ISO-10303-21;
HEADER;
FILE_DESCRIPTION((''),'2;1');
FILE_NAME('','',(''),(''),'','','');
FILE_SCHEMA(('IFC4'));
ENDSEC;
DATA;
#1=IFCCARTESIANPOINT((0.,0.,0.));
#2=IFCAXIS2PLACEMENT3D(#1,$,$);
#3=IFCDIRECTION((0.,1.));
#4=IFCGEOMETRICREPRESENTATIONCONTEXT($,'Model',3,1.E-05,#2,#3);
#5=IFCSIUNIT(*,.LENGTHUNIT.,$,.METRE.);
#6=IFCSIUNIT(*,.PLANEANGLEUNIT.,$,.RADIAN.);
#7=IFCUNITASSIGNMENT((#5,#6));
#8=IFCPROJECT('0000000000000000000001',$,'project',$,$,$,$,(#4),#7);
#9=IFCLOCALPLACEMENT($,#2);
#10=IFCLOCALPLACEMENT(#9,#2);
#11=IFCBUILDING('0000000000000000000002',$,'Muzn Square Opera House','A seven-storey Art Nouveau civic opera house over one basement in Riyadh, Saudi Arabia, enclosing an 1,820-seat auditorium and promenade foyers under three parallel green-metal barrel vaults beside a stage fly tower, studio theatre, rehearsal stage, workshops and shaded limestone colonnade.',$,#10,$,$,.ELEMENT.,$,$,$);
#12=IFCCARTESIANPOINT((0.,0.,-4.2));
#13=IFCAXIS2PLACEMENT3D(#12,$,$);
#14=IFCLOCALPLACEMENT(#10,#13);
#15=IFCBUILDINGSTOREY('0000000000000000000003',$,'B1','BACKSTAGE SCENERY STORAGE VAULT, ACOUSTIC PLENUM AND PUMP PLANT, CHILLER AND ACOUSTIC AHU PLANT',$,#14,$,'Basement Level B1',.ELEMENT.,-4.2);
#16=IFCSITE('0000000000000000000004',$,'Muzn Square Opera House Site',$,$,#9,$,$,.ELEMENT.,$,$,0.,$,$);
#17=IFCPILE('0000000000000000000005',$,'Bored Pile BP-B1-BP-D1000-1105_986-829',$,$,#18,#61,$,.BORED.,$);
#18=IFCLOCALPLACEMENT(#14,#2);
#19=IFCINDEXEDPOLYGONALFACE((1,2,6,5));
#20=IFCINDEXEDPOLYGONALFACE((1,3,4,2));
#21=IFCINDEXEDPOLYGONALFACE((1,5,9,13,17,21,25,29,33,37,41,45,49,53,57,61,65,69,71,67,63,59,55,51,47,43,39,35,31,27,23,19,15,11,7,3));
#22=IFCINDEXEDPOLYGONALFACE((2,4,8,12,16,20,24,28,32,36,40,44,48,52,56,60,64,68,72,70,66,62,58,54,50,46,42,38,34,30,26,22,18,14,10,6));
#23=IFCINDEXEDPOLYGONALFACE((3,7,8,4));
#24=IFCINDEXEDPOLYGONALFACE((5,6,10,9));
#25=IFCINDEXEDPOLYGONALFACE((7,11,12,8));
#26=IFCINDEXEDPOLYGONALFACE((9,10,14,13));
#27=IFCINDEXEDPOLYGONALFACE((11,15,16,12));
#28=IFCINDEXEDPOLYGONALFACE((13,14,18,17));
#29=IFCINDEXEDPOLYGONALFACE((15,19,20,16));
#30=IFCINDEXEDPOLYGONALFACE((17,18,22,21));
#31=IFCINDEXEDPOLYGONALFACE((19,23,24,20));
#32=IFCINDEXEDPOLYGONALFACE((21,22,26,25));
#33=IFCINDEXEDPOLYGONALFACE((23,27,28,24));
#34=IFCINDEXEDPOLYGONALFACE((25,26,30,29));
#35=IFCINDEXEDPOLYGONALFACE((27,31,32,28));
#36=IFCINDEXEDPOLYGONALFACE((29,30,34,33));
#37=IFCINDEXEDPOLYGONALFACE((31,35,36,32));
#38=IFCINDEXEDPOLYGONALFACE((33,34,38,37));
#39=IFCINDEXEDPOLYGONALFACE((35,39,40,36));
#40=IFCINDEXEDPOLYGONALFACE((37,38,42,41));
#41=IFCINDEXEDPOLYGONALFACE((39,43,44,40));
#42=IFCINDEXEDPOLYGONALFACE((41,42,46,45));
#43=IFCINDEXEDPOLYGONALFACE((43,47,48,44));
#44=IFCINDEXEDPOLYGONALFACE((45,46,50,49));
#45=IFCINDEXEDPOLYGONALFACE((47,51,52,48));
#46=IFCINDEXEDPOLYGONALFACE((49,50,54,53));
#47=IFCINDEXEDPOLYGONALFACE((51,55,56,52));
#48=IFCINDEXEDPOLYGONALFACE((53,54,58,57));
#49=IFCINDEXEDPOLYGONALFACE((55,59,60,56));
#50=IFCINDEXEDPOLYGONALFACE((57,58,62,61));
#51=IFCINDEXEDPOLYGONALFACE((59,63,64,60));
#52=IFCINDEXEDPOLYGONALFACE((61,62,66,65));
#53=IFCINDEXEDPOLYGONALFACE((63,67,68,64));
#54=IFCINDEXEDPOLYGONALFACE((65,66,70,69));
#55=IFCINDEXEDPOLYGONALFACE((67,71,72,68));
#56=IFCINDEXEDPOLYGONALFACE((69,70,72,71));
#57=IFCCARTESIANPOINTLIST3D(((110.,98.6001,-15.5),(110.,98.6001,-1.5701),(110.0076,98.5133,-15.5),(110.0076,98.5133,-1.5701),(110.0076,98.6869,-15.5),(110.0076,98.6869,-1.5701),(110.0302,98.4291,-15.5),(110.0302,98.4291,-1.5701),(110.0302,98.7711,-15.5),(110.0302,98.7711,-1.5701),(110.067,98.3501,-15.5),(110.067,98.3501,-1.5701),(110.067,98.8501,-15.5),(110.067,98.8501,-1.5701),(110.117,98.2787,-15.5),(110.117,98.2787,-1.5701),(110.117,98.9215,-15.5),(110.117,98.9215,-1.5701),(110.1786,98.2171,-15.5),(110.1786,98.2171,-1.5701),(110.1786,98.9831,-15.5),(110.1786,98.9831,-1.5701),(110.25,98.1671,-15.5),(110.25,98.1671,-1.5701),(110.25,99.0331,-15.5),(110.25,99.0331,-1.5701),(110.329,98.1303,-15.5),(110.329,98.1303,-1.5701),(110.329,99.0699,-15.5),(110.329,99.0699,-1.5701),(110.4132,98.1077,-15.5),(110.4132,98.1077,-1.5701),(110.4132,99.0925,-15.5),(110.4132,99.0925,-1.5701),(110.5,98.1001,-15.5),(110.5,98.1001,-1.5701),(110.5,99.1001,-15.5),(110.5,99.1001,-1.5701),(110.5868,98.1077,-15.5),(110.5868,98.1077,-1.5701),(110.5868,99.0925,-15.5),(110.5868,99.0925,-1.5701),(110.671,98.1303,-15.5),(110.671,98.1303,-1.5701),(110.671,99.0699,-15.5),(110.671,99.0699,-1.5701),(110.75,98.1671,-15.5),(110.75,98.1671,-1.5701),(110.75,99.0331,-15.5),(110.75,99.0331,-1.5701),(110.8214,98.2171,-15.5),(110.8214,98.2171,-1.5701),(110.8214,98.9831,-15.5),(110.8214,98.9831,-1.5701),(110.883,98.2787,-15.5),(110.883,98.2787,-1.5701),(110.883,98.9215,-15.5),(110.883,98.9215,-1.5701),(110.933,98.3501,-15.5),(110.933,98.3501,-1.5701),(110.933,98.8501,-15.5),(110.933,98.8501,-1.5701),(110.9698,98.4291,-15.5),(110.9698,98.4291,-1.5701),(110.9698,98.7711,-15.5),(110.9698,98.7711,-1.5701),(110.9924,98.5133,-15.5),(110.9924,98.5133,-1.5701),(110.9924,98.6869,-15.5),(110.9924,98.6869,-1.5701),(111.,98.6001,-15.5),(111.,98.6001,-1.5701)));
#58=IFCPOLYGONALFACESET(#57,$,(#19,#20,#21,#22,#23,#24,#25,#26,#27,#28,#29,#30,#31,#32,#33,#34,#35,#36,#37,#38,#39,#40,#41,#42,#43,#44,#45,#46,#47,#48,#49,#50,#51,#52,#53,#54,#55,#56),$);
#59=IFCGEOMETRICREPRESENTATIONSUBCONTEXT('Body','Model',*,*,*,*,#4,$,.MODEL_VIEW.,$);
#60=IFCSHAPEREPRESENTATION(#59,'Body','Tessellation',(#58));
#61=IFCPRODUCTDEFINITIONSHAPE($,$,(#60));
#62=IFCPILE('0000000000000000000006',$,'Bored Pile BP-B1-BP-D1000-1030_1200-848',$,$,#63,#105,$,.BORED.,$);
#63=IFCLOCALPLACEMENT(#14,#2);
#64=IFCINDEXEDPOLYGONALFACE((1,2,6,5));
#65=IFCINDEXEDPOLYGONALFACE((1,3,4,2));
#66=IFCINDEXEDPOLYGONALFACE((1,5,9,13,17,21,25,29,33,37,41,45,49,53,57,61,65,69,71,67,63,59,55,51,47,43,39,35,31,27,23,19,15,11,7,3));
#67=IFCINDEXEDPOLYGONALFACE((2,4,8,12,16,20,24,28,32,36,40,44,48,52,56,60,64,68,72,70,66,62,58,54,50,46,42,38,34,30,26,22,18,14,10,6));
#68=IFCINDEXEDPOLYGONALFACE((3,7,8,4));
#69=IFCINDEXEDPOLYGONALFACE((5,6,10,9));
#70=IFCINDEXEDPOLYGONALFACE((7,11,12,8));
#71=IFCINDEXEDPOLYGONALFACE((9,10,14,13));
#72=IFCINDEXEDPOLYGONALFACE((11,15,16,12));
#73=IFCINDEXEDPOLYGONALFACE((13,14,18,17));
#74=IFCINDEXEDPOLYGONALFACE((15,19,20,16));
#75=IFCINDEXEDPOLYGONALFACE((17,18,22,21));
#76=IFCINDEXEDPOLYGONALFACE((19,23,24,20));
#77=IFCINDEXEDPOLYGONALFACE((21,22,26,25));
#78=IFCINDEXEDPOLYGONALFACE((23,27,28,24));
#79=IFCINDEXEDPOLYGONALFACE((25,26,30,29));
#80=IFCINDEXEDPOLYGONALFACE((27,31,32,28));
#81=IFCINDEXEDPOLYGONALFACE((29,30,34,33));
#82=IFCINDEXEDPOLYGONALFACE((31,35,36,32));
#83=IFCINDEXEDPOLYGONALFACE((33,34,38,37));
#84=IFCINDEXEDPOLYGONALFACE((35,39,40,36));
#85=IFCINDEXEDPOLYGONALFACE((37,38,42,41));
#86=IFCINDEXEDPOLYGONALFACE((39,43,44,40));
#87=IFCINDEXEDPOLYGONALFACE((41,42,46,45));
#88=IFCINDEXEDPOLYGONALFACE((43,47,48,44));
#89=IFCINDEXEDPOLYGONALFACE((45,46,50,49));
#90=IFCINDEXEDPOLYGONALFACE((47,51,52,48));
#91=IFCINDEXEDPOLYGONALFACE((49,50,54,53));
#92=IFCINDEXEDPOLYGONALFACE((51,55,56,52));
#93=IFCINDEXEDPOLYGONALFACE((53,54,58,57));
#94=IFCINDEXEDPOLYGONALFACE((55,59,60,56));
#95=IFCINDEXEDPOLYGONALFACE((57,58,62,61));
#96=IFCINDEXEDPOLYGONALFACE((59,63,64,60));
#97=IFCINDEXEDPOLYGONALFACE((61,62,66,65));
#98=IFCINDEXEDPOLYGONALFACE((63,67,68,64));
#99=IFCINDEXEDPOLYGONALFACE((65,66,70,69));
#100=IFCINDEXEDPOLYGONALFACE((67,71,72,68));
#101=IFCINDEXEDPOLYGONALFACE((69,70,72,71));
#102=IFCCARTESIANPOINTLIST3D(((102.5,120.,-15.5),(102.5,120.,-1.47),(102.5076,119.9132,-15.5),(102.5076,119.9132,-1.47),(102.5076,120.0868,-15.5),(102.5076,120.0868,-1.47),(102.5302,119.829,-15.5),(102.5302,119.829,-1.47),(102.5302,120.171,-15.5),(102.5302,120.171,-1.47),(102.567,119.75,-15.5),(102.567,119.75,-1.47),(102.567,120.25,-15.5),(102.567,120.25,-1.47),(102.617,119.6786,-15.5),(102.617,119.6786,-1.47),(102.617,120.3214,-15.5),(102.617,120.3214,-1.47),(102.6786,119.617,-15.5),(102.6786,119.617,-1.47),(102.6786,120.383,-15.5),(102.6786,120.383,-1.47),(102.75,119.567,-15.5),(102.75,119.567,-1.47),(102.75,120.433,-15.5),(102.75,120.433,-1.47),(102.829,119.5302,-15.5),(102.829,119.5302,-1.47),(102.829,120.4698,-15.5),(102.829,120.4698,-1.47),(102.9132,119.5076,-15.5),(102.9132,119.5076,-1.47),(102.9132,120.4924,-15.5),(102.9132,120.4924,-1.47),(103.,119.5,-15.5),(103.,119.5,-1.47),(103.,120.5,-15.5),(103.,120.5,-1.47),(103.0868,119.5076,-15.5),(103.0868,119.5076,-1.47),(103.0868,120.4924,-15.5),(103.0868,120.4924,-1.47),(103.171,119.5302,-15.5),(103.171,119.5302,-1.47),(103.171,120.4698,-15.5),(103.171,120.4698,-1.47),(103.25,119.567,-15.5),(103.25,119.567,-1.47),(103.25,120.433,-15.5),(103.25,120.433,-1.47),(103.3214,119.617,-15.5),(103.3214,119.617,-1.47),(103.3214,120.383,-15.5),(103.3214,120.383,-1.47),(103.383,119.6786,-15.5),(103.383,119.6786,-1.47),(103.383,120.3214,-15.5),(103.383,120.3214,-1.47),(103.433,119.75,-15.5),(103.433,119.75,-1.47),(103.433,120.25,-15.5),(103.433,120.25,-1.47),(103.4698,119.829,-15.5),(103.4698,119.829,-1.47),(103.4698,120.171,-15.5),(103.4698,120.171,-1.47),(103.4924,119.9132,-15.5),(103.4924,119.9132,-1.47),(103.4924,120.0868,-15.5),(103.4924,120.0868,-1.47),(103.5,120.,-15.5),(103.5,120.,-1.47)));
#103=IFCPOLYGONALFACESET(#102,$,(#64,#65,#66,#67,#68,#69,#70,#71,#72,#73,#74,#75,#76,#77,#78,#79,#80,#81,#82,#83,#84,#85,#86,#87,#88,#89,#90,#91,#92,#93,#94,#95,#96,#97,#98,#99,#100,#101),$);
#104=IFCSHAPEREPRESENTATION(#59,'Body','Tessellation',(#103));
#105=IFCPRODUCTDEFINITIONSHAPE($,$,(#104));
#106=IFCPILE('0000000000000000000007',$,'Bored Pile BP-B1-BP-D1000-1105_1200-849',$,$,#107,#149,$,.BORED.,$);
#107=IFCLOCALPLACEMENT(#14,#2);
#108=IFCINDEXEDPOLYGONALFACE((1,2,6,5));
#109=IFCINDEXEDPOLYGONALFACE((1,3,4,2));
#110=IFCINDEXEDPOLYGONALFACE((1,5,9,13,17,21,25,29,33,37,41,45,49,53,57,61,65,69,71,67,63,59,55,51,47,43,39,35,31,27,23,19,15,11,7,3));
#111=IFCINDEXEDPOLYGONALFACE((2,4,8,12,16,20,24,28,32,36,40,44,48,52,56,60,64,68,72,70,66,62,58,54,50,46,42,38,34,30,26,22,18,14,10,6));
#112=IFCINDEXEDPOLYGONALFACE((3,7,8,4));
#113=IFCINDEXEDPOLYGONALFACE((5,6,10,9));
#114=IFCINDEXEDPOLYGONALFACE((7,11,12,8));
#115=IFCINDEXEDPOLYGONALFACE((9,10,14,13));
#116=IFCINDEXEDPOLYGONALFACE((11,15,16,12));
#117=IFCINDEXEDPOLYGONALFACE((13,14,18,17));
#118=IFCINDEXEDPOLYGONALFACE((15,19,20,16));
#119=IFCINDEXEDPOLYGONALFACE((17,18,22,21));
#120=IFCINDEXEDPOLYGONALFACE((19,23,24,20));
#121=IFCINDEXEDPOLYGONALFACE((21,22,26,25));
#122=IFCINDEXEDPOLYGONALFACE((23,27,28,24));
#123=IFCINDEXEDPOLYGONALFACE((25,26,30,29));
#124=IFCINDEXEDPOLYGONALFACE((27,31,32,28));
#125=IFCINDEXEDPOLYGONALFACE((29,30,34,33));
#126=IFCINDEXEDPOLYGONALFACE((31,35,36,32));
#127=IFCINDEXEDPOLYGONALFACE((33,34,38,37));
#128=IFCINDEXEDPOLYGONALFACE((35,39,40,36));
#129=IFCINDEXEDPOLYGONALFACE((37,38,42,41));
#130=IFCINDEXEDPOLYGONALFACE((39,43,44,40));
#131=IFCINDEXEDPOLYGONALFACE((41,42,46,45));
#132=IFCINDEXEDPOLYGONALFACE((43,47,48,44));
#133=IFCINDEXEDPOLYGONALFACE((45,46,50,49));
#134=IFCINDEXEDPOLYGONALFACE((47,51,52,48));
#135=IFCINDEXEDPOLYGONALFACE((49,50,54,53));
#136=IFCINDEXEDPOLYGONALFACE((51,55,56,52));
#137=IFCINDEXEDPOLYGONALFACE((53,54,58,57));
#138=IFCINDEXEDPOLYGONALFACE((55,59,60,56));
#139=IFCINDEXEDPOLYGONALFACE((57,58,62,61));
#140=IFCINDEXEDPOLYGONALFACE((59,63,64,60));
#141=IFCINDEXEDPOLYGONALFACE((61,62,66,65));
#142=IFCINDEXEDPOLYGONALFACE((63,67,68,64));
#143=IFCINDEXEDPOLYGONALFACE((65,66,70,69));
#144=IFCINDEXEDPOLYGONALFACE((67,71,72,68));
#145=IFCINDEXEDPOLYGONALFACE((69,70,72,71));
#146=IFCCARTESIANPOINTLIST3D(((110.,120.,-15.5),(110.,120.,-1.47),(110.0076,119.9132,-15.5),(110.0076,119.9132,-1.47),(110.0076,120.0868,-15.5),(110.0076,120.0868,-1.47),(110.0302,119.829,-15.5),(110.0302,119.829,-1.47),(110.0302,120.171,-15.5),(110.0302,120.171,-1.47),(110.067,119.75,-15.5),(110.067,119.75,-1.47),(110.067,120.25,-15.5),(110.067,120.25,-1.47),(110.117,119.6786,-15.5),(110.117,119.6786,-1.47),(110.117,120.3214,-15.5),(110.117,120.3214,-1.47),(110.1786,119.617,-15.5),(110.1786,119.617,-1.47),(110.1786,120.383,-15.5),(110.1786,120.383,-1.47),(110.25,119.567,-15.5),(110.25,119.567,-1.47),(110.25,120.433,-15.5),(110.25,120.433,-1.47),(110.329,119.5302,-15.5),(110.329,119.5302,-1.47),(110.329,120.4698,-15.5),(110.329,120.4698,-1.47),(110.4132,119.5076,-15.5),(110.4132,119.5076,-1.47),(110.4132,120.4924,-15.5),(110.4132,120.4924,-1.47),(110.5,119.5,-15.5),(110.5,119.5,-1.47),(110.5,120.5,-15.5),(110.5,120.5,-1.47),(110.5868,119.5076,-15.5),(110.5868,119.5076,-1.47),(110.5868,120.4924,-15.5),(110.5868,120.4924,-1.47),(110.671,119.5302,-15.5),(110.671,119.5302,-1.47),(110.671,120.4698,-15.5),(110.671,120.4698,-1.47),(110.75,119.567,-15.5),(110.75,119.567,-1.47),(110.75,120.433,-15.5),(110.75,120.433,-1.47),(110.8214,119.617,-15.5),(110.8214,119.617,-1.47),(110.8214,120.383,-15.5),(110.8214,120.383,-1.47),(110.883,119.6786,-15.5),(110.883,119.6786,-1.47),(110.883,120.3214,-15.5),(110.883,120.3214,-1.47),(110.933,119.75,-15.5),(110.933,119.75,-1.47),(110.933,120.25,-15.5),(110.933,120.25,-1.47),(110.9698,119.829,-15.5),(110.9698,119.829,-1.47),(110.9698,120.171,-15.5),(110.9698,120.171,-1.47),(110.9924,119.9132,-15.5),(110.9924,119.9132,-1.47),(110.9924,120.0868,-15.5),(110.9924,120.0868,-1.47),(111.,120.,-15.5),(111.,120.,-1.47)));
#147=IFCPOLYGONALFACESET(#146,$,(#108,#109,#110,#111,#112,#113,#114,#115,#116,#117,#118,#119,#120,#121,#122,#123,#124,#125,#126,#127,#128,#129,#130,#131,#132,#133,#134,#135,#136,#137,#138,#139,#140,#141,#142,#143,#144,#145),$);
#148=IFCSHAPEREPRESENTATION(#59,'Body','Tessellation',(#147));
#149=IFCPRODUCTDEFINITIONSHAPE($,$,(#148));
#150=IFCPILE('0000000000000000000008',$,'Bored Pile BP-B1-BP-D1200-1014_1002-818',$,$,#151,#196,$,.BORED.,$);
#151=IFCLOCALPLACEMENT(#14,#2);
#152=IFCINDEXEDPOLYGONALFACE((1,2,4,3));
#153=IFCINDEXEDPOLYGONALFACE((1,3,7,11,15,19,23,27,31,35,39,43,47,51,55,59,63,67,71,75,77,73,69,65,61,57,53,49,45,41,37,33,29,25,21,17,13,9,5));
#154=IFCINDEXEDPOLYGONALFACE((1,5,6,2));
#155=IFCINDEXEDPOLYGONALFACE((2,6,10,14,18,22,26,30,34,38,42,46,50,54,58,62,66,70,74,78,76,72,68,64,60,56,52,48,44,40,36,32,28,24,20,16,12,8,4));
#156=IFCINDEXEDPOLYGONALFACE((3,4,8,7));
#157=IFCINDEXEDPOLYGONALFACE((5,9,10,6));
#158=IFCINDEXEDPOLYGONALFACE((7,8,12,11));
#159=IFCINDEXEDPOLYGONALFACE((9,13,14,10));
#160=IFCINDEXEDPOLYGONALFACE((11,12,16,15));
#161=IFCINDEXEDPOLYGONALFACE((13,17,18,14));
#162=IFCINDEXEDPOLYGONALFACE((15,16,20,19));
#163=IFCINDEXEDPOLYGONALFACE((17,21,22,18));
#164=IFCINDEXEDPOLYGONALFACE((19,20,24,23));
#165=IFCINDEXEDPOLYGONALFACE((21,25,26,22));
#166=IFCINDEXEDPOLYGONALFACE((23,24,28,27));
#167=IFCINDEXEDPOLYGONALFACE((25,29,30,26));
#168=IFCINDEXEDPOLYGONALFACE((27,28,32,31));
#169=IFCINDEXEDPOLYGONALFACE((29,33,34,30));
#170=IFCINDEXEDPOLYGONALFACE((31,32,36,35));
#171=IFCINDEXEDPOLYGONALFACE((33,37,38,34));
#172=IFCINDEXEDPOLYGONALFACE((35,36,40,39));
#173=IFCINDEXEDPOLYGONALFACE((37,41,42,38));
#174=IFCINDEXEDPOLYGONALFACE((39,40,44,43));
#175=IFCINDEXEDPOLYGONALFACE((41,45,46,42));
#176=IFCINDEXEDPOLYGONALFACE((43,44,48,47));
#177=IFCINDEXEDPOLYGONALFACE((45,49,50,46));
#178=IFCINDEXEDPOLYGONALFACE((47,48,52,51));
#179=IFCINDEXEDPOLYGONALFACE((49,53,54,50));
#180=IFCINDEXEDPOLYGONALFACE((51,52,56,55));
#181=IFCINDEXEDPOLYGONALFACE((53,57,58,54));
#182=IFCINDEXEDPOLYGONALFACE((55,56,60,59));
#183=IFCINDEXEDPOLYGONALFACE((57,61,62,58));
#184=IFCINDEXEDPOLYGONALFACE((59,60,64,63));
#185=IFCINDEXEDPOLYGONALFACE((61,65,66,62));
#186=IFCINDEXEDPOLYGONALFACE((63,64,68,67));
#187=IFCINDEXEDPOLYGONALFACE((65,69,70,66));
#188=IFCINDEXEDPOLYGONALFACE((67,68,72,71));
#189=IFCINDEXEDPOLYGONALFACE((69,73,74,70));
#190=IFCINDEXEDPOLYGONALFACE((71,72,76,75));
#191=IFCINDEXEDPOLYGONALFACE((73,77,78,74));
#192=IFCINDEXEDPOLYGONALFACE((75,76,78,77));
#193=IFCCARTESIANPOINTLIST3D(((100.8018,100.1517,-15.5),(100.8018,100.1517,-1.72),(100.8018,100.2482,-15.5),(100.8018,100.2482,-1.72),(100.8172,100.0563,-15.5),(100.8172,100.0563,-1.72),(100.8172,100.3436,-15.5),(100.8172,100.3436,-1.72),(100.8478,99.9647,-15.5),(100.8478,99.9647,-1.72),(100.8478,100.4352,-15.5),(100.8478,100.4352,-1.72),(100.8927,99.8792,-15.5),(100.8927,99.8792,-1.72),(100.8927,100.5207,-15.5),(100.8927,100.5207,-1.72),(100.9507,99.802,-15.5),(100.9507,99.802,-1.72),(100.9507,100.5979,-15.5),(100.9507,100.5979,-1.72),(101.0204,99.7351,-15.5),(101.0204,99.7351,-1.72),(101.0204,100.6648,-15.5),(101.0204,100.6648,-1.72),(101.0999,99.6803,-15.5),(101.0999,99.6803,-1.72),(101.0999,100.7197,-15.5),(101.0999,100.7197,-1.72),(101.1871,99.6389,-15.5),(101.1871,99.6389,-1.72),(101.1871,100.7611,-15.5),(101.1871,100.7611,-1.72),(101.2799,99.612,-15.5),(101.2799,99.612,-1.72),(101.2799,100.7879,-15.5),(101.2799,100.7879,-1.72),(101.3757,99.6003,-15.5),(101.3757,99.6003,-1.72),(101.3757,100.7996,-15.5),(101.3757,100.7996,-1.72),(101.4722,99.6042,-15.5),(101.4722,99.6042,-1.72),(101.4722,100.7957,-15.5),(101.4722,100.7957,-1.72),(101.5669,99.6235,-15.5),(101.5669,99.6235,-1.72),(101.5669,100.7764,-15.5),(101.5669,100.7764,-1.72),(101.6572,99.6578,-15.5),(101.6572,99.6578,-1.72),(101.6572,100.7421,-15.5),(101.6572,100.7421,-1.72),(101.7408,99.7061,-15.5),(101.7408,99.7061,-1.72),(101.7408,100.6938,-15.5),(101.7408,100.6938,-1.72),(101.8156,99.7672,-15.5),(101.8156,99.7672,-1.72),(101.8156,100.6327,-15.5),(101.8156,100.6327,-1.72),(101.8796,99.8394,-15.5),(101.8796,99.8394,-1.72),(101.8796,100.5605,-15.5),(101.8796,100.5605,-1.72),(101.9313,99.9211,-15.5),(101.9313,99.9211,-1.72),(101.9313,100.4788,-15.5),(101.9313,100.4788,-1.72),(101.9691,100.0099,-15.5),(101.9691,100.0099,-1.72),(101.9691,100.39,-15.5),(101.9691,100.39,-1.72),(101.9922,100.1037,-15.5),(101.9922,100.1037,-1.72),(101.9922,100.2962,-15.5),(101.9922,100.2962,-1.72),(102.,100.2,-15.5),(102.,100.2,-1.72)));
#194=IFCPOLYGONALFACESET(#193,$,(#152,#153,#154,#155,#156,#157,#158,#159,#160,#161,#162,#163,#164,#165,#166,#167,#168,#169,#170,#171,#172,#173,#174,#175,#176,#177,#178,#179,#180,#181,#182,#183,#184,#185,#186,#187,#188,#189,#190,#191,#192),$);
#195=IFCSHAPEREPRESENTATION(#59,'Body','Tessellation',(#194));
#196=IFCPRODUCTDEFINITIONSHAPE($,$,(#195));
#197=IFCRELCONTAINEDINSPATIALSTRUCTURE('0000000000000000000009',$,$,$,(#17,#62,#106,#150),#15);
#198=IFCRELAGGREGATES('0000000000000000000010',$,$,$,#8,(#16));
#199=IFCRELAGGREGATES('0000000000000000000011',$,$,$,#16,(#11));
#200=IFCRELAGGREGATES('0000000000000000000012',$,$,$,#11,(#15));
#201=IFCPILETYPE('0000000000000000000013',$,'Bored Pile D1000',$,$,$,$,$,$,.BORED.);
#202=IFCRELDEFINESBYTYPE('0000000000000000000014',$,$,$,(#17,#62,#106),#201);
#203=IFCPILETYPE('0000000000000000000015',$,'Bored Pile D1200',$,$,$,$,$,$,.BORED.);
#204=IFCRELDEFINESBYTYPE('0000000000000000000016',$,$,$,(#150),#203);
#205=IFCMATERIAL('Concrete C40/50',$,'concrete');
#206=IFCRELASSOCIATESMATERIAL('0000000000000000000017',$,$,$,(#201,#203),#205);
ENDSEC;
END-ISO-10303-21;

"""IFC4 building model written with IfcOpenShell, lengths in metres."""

from ifc_helpers import new_model, si_unit, direction, frame, origin, origin_2d, place, context, subcontext, project, spatial, circle, extrude, material, material_profile, profile_set, type_object, element, save


model = new_model("IFC4")

# Units and contexts
model_context = context("Model", 3, precision=1e-05, world=origin(), true_north=direction((0.0, 1.0)))
body_context = subcontext(model_context, "Body", "Model", "MODEL_VIEW")
ifc_project = project(units=[si_unit("LENGTHUNIT", "METRE"), si_unit("PLANEANGLEUNIT", "RADIAN")], contexts=[model_context])

# Site, building, storey
site_placement = place(None, origin())
site = spatial("IfcSite", under=ifc_project, at=site_placement, Name="Muzn Square Opera House Site", CompositionType="ELEMENT", RefElevation=0.0)
building_placement = place(site_placement, origin())
building = spatial("IfcBuilding", under=site, at=building_placement, Name="Muzn Square Opera House", Description="A seven-storey Art Nouveau civic opera house over one basement in Riyadh, Saudi Arabia, enclosing an 1,820-seat auditorium and promenade foyers under three parallel green-metal barrel vaults beside a stage fly tower, studio theatre, rehearsal stage, workshops and shaded limestone colonnade.", CompositionType="ELEMENT")
storey_placement = place(building_placement, frame((0.0, 0.0, -4.2)))
storey = spatial("IfcBuildingStorey", under=building, at=storey_placement, Name="B1", Description="BACKSTAGE SCENERY STORAGE VAULT, ACOUSTIC PLENUM AND PUMP PLANT, CHILLER AND ACOUSTIC AHU PLANT", LongName="Basement Level B1", CompositionType="ELEMENT", Elevation=-4.2)

# Piles
ifc_material_1 = material(Name="Concrete C40/50", Category="concrete")
ifc_material_profile_1 = material_profile(ifc_material_1, circle(Radius=0.5, at=origin_2d()), Name="BORED PILE D1000", Category="concrete")
ifc_profile_set_1 = profile_set([ifc_material_profile_1], Name="Concrete C40/50")
pile_type_1 = type_object("IfcPileType", Name="Bored Pile D1000", PredefinedType="BORED", material=ifc_profile_set_1)
pile_placement = place(storey_placement, frame((110.5, 98.6001, -1.5701), z_axis=(0.0, 0.0, -1.0), x_axis=(1.0, 0.0, 0.0)))
element("IfcPile", 1, at=pile_placement, inside=storey, type_object=pile_type_1, Name="Bored Pile BP-B1-BP-D1000-1105_986-829", PredefinedType="BORED", context=body_context, shape_type="SweptSolid", body=[
    extrude(circle(Radius=0.5, at=origin_2d()), origin(), (0.0, 0.0, 1.0), 13.9299),
])
for number, where, z_axis, x_axis, name in (
    (2, (103.0, 120.0, -1.47), (0.0, 0.0, -1.0), (1.0, 0.0, 0.0), "Bored Pile BP-B1-BP-D1000-1030_1200-848"),
    (3, (110.5, 120.0, -1.47), (0.0, 0.0, -1.0), (1.0, 0.0, 0.0), "Bored Pile BP-B1-BP-D1000-1105_1200-849"),
):
    element("IfcPile", number, at=place(storey_placement, frame(where, z_axis=z_axis, x_axis=x_axis)), inside=storey, type_object=pile_type_1, Name=name, PredefinedType="BORED", context=body_context, shape_type="SweptSolid", body=[
        extrude(circle(Radius=0.5, at=origin_2d()), origin(), (0.0, 0.0, 1.0), 14.03),
    ])
ifc_material_profile_2 = material_profile(ifc_material_1, circle(Radius=0.6001, at=origin_2d()), Name="BORED PILE D1200", Category="concrete")
ifc_profile_set_2 = profile_set([ifc_material_profile_2], Name="Concrete C40/50")
pile_type_2 = type_object("IfcPileType", Name="Bored Pile D1200", PredefinedType="BORED", material=ifc_profile_set_2)
for number, where, z_axis, x_axis, name in (
    (4, (101.3999, 100.2, -1.72), (0.0, 0.0, -1.0), (1.0, 0.0, 0.0), "Bored Pile BP-B1-BP-D1200-1014_1002-818"),
):
    element("IfcPile", number, at=place(storey_placement, frame(where, z_axis=z_axis, x_axis=x_axis)), inside=storey, type_object=pile_type_2, Name=name, PredefinedType="BORED", context=body_context, shape_type="SweptSolid", body=[
        extrude(circle(Radius=0.6001, at=origin_2d()), origin(), (0.0, 0.0, 1.0), 13.78),
    ])

save(model, "model.ifc")
